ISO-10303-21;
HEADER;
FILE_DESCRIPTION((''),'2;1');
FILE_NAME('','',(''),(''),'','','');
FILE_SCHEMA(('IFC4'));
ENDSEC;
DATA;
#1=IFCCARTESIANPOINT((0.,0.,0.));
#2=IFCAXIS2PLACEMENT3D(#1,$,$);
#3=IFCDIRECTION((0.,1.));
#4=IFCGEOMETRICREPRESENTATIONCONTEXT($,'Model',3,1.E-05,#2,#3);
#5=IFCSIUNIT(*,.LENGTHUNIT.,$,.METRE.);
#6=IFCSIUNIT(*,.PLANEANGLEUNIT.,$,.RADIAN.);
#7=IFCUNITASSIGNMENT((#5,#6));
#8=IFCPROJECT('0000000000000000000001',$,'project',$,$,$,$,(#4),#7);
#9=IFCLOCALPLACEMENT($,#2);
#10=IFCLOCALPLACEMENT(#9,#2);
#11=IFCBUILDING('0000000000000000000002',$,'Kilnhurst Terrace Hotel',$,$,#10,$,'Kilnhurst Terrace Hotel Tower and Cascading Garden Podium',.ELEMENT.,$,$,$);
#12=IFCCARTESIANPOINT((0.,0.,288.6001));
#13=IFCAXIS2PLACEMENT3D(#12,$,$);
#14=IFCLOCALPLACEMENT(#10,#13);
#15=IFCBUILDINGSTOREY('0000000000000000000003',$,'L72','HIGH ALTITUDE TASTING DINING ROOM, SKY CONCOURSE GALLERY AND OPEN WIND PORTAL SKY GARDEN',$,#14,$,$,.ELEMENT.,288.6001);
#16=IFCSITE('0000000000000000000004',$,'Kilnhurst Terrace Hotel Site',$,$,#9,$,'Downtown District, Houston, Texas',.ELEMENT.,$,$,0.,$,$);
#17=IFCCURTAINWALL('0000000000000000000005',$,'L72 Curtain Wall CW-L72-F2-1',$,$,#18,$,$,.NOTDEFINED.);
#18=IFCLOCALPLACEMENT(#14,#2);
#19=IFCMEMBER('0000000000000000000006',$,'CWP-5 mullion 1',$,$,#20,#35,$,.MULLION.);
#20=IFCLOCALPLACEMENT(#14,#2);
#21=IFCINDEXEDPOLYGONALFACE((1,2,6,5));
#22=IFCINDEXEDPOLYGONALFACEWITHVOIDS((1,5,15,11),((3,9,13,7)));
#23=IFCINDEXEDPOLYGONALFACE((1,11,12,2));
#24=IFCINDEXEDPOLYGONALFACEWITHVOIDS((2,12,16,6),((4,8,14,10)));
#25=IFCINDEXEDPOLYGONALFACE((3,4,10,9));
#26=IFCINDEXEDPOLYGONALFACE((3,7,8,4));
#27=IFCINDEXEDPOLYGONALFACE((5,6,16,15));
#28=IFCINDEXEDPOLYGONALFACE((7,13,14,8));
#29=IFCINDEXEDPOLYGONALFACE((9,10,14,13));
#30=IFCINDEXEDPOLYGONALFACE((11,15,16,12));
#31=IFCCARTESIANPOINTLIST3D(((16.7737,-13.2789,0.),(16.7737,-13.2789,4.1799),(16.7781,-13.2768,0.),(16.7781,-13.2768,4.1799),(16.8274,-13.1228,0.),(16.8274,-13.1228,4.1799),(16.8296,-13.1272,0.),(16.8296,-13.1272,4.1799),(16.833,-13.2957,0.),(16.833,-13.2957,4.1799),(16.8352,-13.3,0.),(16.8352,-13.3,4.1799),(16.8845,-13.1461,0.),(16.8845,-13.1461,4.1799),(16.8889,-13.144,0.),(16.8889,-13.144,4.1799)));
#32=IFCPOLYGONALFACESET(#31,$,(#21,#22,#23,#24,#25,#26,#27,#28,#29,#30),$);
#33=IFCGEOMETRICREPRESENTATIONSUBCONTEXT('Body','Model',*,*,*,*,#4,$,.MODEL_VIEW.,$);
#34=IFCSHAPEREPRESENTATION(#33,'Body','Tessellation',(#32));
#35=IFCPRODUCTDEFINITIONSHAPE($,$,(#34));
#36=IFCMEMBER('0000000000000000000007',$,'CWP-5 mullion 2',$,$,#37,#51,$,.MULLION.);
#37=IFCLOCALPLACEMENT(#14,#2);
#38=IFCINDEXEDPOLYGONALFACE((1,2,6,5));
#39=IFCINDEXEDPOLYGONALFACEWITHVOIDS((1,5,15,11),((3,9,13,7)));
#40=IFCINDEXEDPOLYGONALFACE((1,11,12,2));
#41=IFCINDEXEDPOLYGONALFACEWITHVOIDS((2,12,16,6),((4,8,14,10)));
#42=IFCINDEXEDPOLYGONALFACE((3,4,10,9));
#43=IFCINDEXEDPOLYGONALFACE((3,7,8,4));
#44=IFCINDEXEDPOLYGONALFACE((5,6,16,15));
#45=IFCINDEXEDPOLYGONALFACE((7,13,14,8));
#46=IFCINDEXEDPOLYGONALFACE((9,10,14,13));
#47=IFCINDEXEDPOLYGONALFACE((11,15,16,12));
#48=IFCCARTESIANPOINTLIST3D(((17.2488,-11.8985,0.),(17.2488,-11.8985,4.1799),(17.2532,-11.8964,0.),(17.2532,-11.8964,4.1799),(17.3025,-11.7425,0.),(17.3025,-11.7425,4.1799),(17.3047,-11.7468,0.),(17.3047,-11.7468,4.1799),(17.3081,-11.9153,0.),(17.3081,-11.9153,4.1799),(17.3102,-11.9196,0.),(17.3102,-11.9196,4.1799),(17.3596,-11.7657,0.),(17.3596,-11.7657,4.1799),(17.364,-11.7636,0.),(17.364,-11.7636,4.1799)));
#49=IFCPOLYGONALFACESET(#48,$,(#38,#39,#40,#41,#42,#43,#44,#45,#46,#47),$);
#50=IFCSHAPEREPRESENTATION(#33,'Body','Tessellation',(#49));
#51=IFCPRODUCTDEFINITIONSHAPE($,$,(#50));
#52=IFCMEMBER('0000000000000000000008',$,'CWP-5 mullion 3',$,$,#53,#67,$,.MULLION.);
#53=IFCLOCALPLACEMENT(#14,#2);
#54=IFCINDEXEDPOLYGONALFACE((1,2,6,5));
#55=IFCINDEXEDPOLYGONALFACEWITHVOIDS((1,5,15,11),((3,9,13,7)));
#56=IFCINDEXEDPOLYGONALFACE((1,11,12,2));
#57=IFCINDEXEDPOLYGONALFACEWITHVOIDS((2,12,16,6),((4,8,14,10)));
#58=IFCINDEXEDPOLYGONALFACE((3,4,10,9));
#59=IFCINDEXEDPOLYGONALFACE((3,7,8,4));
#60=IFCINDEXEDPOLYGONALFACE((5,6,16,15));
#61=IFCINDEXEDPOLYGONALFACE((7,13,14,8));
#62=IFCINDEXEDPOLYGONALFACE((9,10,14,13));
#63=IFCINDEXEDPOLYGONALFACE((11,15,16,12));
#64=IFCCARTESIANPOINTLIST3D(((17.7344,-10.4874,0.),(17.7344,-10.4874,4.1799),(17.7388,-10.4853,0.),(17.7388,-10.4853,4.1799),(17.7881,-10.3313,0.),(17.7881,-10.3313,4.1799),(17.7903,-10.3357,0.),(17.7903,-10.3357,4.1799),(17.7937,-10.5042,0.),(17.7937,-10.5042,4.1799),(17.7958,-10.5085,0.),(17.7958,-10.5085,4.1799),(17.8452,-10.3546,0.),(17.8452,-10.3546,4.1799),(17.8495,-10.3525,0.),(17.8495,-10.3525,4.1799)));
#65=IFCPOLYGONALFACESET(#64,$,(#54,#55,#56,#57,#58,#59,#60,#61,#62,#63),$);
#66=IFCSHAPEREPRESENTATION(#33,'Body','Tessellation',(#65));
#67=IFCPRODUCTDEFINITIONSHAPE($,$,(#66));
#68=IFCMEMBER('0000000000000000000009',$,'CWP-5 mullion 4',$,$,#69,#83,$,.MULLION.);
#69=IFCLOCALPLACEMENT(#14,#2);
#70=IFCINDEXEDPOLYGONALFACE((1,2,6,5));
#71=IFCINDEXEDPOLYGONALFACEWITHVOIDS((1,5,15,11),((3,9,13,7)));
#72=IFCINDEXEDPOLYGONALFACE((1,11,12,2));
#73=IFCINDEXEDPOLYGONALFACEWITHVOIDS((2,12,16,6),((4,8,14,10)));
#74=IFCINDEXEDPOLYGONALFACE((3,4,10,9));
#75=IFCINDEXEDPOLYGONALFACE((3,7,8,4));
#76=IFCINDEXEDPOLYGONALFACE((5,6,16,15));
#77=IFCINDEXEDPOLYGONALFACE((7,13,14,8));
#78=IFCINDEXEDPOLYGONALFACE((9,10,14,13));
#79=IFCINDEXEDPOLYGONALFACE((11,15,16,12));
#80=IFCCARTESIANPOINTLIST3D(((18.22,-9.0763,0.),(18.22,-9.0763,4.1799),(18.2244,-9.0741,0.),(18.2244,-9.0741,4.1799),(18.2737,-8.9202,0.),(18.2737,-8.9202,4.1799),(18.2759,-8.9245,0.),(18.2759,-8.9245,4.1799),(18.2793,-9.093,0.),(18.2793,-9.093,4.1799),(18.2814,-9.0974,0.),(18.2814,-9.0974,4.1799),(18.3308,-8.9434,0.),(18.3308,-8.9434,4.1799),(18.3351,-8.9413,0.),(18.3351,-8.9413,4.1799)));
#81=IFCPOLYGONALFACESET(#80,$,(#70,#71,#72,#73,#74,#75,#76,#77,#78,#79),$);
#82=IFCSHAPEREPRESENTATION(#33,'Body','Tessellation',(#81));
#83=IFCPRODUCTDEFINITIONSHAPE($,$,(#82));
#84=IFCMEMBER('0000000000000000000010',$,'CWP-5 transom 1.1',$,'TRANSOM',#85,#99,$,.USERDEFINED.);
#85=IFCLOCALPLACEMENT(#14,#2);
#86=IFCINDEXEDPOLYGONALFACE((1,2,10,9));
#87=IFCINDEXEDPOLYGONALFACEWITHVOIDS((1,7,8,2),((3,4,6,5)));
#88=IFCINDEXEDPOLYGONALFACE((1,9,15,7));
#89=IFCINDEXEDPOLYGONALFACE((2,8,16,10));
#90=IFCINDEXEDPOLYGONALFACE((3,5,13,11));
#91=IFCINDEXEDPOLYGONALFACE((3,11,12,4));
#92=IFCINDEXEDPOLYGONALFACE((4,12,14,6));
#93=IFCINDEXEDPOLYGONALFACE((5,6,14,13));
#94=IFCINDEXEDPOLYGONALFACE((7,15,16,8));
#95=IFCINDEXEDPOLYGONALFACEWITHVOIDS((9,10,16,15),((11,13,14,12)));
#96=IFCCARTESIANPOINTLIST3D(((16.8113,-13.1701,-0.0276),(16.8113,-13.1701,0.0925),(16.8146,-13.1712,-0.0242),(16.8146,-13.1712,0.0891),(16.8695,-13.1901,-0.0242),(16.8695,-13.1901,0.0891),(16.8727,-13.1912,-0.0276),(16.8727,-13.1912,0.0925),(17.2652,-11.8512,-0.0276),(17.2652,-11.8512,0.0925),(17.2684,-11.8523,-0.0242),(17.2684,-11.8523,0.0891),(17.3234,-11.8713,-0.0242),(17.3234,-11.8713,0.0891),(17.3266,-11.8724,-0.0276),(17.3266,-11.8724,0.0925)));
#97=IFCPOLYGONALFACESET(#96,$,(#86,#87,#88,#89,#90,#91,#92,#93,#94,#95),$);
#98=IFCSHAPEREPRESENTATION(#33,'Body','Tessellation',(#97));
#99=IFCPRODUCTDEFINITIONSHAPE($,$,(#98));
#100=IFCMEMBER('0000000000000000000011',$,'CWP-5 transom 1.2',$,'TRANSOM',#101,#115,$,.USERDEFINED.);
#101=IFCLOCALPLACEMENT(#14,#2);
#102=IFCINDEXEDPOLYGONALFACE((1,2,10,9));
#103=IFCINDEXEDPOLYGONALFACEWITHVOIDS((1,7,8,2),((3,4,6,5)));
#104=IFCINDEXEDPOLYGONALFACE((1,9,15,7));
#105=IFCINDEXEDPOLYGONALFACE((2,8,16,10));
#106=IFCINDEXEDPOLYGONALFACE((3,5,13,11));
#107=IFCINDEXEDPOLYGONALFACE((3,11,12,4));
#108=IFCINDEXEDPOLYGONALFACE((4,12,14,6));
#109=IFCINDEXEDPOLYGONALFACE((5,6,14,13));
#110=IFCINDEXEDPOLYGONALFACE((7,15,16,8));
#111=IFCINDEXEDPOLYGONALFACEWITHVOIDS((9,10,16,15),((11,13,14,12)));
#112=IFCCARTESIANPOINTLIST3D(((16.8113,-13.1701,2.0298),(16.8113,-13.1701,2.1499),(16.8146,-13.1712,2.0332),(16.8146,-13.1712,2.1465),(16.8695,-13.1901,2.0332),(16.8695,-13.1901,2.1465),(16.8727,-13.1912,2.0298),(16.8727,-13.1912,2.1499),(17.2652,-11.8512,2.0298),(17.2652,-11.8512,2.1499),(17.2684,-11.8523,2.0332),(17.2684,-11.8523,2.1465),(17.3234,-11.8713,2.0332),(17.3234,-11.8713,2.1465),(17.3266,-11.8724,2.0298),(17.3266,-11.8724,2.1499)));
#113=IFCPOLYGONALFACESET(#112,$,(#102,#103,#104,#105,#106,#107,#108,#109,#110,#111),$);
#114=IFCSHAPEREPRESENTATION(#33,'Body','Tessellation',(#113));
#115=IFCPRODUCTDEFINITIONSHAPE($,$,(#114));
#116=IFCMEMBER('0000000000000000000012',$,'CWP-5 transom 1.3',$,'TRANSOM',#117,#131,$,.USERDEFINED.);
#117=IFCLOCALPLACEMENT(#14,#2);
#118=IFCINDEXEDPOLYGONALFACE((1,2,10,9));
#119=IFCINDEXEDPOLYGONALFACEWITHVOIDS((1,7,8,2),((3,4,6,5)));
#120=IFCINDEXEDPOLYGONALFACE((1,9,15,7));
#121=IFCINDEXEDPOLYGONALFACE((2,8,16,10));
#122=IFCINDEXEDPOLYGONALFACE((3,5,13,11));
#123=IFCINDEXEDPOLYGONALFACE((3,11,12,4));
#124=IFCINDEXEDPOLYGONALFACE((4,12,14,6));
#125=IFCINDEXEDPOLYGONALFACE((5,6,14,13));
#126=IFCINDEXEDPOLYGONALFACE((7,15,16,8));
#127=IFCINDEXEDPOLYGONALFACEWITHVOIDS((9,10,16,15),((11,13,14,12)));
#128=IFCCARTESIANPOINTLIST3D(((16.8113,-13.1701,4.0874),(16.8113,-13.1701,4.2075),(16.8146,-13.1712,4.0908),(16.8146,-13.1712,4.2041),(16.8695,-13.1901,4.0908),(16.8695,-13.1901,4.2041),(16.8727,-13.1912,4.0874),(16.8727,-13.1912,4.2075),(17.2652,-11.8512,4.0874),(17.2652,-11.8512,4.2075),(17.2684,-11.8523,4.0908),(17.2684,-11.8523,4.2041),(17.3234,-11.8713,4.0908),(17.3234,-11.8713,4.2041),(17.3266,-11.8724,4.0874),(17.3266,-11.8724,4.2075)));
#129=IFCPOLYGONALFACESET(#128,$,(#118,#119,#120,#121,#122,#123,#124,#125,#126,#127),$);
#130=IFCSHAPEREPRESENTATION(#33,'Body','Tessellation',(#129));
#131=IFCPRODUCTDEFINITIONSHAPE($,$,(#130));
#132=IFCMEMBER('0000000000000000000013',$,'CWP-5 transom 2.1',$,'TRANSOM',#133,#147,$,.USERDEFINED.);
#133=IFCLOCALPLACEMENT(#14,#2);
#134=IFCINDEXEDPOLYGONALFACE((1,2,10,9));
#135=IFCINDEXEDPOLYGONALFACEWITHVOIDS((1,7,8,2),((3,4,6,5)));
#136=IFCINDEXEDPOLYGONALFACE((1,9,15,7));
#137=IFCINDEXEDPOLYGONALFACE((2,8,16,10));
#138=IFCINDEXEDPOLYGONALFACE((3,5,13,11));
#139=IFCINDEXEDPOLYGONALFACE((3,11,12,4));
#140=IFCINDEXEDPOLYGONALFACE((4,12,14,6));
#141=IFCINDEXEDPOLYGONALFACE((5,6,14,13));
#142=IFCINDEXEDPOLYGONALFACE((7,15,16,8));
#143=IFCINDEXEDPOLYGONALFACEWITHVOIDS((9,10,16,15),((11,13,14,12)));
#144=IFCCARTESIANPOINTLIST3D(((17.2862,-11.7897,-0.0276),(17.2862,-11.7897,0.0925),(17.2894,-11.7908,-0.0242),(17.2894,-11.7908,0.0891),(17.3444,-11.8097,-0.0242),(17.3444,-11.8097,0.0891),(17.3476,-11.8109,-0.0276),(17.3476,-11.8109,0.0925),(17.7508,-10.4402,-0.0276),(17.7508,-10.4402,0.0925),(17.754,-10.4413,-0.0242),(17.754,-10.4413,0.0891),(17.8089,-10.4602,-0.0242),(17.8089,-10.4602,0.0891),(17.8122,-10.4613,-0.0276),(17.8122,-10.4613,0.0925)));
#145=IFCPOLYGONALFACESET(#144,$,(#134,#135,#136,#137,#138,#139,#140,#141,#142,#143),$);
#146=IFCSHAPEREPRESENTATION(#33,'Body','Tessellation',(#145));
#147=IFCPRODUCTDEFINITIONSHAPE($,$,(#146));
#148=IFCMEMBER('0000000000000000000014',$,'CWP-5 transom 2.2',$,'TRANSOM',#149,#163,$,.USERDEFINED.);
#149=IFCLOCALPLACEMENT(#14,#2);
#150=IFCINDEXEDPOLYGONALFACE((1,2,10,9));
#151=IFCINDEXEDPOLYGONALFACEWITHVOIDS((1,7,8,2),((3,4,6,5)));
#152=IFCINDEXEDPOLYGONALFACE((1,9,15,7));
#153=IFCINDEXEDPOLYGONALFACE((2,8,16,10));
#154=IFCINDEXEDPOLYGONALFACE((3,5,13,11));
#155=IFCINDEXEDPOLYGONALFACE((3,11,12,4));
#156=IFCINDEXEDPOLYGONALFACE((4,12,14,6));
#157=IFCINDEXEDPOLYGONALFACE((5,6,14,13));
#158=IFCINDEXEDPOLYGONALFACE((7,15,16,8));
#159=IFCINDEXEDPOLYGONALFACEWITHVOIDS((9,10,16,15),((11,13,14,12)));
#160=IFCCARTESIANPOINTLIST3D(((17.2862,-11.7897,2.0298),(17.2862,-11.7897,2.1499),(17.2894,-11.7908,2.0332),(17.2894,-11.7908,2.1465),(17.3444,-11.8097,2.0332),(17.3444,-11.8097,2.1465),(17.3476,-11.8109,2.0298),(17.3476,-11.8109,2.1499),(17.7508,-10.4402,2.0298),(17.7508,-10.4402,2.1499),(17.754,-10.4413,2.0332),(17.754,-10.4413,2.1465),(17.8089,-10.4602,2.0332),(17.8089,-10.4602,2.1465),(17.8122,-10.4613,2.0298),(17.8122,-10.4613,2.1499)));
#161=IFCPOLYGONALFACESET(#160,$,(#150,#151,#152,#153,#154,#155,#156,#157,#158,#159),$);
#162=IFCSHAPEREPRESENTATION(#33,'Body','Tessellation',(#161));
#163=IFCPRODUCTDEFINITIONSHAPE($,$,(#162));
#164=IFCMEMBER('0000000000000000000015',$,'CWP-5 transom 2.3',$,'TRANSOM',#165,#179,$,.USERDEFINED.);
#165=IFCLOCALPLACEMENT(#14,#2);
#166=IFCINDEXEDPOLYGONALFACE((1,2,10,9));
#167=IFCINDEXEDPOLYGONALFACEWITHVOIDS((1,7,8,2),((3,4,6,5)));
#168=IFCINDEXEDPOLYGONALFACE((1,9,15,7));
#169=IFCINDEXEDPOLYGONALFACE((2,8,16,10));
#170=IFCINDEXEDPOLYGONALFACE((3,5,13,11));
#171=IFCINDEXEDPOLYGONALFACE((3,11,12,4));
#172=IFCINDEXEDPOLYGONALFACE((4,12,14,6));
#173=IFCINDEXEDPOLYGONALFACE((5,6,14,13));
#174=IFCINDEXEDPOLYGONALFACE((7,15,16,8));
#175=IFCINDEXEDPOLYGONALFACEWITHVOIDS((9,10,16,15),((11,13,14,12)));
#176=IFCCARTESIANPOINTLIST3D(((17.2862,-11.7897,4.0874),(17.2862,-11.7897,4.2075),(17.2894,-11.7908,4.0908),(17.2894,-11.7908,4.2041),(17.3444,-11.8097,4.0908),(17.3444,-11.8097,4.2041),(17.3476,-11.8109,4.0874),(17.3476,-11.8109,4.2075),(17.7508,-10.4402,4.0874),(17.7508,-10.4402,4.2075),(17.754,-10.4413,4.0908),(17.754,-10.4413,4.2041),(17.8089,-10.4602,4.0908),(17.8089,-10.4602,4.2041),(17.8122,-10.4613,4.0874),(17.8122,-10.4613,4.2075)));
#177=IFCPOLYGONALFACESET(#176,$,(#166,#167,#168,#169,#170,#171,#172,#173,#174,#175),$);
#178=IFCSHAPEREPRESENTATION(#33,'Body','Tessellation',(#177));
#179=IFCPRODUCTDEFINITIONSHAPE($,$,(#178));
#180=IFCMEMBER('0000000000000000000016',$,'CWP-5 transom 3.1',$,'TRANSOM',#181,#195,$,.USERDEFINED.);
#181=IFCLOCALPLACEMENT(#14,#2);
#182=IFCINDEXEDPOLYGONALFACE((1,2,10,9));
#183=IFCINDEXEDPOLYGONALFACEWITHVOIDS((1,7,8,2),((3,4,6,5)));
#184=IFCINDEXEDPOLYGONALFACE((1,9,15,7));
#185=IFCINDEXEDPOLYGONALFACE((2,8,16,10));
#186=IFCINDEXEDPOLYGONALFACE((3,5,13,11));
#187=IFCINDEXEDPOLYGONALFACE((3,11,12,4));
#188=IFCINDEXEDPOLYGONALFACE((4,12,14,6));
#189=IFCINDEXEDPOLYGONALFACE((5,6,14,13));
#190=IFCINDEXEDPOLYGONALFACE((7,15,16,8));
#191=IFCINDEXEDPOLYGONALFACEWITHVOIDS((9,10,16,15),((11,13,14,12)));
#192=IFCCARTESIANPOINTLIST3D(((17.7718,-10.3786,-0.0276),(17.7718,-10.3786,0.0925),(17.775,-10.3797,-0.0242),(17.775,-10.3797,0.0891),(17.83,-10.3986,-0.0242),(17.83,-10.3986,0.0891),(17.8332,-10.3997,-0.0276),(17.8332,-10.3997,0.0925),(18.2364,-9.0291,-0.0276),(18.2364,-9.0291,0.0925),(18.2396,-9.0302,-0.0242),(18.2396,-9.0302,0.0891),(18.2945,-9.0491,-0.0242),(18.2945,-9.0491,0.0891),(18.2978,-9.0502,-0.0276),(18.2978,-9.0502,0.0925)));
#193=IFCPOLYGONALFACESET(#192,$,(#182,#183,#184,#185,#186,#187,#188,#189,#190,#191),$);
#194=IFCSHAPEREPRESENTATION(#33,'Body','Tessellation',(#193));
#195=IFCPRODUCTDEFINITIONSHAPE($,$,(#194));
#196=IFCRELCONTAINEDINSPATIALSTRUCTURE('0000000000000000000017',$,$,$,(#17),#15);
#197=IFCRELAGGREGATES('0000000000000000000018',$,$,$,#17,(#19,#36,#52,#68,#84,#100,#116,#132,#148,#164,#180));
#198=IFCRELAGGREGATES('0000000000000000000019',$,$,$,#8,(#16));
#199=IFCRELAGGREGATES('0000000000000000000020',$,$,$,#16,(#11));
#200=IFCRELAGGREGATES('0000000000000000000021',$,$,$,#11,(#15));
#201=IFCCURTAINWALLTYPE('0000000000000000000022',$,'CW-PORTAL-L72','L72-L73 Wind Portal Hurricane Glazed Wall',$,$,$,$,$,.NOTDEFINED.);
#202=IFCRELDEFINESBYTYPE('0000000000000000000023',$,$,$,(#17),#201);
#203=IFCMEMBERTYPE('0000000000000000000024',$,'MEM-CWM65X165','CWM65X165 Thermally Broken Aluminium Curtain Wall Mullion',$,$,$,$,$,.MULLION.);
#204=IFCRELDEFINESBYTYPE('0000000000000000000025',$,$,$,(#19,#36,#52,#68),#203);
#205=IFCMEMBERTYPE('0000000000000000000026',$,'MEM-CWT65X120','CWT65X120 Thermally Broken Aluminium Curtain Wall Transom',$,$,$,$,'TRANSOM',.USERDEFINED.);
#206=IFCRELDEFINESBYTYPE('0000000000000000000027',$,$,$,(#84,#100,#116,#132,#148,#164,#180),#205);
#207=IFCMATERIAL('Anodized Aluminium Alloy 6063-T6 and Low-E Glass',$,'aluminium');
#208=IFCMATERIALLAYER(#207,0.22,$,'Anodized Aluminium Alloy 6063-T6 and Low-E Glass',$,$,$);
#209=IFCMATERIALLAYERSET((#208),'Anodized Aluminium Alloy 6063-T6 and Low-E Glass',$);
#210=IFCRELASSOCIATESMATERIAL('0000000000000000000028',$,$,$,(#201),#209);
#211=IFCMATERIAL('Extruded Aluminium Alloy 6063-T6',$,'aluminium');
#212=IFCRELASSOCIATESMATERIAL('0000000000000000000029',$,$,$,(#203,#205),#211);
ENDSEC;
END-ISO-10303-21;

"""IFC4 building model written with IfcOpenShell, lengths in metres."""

from ifc_helpers import new_model, si_unit, direction, frame, origin, origin_2d, place, context, subcontext, project, spatial, hollow_rectangle, extrude, material, layer, layer_set, material_profile, profile_set, type_object, element, aggregate, save


model = new_model("IFC4")

# Units and contexts
model_context = context("Model", 3, precision=1e-05, world=origin(), true_north=direction((0.0, 1.0)))
body_context = subcontext(model_context, "Body", "Model", "MODEL_VIEW")
ifc_project = project(units=[si_unit("LENGTHUNIT", "METRE"), si_unit("PLANEANGLEUNIT", "RADIAN")], contexts=[model_context])

# Site, building, storey
site_placement = place(None, origin())
site = spatial("IfcSite", under=ifc_project, at=site_placement, Name="Kilnhurst Terrace Hotel Site", LongName="Downtown District, Houston, Texas", CompositionType="ELEMENT", RefElevation=0.0)
building_placement = place(site_placement, origin())
building = spatial("IfcBuilding", under=site, at=building_placement, Name="Kilnhurst Terrace Hotel", LongName="Kilnhurst Terrace Hotel Tower and Cascading Garden Podium", CompositionType="ELEMENT")
storey_placement = place(building_placement, frame((0.0, 0.0, 288.6001)))
storey = spatial("IfcBuildingStorey", under=building, at=storey_placement, Name="L72", Description="HIGH ALTITUDE TASTING DINING ROOM, SKY CONCOURSE GALLERY AND OPEN WIND PORTAL SKY GARDEN", CompositionType="ELEMENT", Elevation=288.6001)

# Curtain wall, members
ifc_material_1 = material(Name="Anodized Aluminium Alloy 6063-T6 and Low-E Glass", Category="aluminium")
ifc_layer_1 = layer(ifc_material_1, 0.22, Name="Anodized Aluminium Alloy 6063-T6 and Low-E Glass")
ifc_layer_set_1 = layer_set([ifc_layer_1], Name="Anodized Aluminium Alloy 6063-T6 and Low-E Glass")
curtain_wall_type = type_object("IfcCurtainWallType", Name="CW-PORTAL-L72", Description="L72-L73 Wind Portal Hurricane Glazed Wall", PredefinedType="NOTDEFINED", material=ifc_layer_set_1)
curtain_wall_placement = place(storey_placement, origin())
curtain_wall = element("IfcCurtainWall", 1, at=curtain_wall_placement, inside=storey, type_object=curtain_wall_type, Name="L72 Curtain Wall CW-L72-F2-1", PredefinedType="NOTDEFINED")
ifc_material_2 = material(Name="Extruded Aluminium Alloy 6063-T6", Category="aluminium")
ifc_material_profile_1 = material_profile(ifc_material_2, hollow_rectangle(XDim=0.0649, YDim=0.165, WallThickness=0.0034, at=origin_2d()), Name="CWM65X165")
ifc_profile_set_1 = profile_set([ifc_material_profile_1], Name="Extruded Aluminium Alloy 6063-T6")
member_type_1 = type_object("IfcMemberType", Name="MEM-CWM65X165", Description="CWM65X165 Thermally Broken Aluminium Curtain Wall Mullion", PredefinedType="MULLION", material=ifc_profile_set_1)
member_1_placement = place(storey_placement, frame((16.8313, -13.2114, 0.0), z_axis=(0.0, 0.0, 1.0), x_axis=(-0.945578, 0.325397, 0.0)))
member_1 = element("IfcMember", 2, at=member_1_placement, type_object=member_type_1, Name="CWP-5 mullion 1", PredefinedType="MULLION", context=body_context, shape_type="SweptSolid", body=[
    extrude(hollow_rectangle(XDim=0.0649, YDim=0.165, WallThickness=0.0034, at=origin_2d()), origin(), (0.0, 0.0, 1.0), 4.1799),
])
member_2_placement = place(storey_placement, frame((17.3064, -11.8311, 0.0), z_axis=(0.0, 0.0, 1.0), x_axis=(-0.945578, 0.325397, 0.0)))
member_2 = element("IfcMember", 3, at=member_2_placement, type_object=member_type_1, Name="CWP-5 mullion 2", PredefinedType="MULLION", context=body_context, shape_type="SweptSolid", body=[
    extrude(hollow_rectangle(XDim=0.0649, YDim=0.165, WallThickness=0.0034, at=origin_2d()), origin(), (0.0, 0.0, 1.0), 4.1799),
])
member_3_placement = place(storey_placement, frame((17.792, -10.4199, 0.0), z_axis=(0.0, 0.0, 1.0), x_axis=(-0.945578, 0.325397, 0.0)))
member_3 = element("IfcMember", 4, at=member_3_placement, type_object=member_type_1, Name="CWP-5 mullion 3", PredefinedType="MULLION", context=body_context, shape_type="SweptSolid", body=[
    extrude(hollow_rectangle(XDim=0.0649, YDim=0.165, WallThickness=0.0034, at=origin_2d()), origin(), (0.0, 0.0, 1.0), 4.1799),
])
member_4_placement = place(storey_placement, frame((18.2776, -9.0088, 0.0), z_axis=(0.0, 0.0, 1.0), x_axis=(-0.945578, 0.325397, 0.0)))
member_4 = element("IfcMember", 5, at=member_4_placement, type_object=member_type_1, Name="CWP-5 mullion 4", PredefinedType="MULLION", context=body_context, shape_type="SweptSolid", body=[
    extrude(hollow_rectangle(XDim=0.0649, YDim=0.165, WallThickness=0.0034, at=origin_2d()), origin(), (0.0, 0.0, 1.0), 4.1799),
])
ifc_material_profile_2 = material_profile(ifc_material_2, hollow_rectangle(XDim=0.0649, YDim=0.1201, WallThickness=0.0034, at=origin_2d()), Name="CWT65X120")
ifc_profile_set_2 = profile_set([ifc_material_profile_2], Name="Extruded Aluminium Alloy 6063-T6")
member_type_2 = type_object("IfcMemberType", Name="MEM-CWT65X120", Description="CWT65X120 Thermally Broken Aluminium Curtain Wall Transom", ElementType="TRANSOM", PredefinedType="USERDEFINED", material=ifc_profile_set_2)
member_5_placement = place(storey_placement, frame((16.842, -13.1807, 0.0325), z_axis=(0.325403, 0.945576, 0.0), x_axis=(-0.945576, 0.325403, 0.0)))
member_5 = element("IfcMember", 6, at=member_5_placement, type_object=member_type_2, Name="CWP-5 transom 1.1", ObjectType="TRANSOM", PredefinedType="USERDEFINED", context=body_context, shape_type="SweptSolid", body=[
    extrude(hollow_rectangle(XDim=0.0649, YDim=0.1201, WallThickness=0.0034, at=origin_2d()), origin(), (0.0, 0.0, 1.0), 1.3948),
])
member_6_placement = place(storey_placement, frame((16.842, -13.1807, 2.0898), z_axis=(0.325403, 0.945576, 0.0), x_axis=(-0.945576, 0.325403, 0.0)))
member_6 = element("IfcMember", 7, at=member_6_placement, type_object=member_type_2, Name="CWP-5 transom 1.2", ObjectType="TRANSOM", PredefinedType="USERDEFINED", context=body_context, shape_type="SweptSolid", body=[
    extrude(hollow_rectangle(XDim=0.0649, YDim=0.1201, WallThickness=0.0034, at=origin_2d()), origin(), (0.0, 0.0, 1.0), 1.3948),
])
member_7_placement = place(storey_placement, frame((16.842, -13.1807, 4.1475), z_axis=(0.325403, 0.945576, 0.0), x_axis=(-0.945576, 0.325403, 0.0)))
member_7 = element("IfcMember", 8, at=member_7_placement, type_object=member_type_2, Name="CWP-5 transom 1.3", ObjectType="TRANSOM", PredefinedType="USERDEFINED", context=body_context, shape_type="SweptSolid", body=[
    extrude(hollow_rectangle(XDim=0.0649, YDim=0.1201, WallThickness=0.0034, at=origin_2d()), origin(), (0.0, 0.0, 1.0), 1.3948),
])
member_8_placement = place(storey_placement, frame((17.3169, -11.8003, 0.0325), z_axis=(0.3255, 0.945542, 0.0), x_axis=(-0.945542, 0.3255, 0.0)))
member_8 = element("IfcMember", 9, at=member_8_placement, type_object=member_type_2, Name="CWP-5 transom 2.1", ObjectType="TRANSOM", PredefinedType="USERDEFINED", context=body_context, shape_type="SweptSolid", body=[
    extrude(hollow_rectangle(XDim=0.0649, YDim=0.1201, WallThickness=0.0034, at=origin_2d()), origin(), (0.0, 0.0, 1.0), 1.4272),
])
member_9_placement = place(storey_placement, frame((17.3169, -11.8003, 2.0898), z_axis=(0.3255, 0.945542, 0.0), x_axis=(-0.945542, 0.3255, 0.0)))
member_9 = element("IfcMember", 10, at=member_9_placement, type_object=member_type_2, Name="CWP-5 transom 2.2", ObjectType="TRANSOM", PredefinedType="USERDEFINED", context=body_context, shape_type="SweptSolid", body=[
    extrude(hollow_rectangle(XDim=0.0649, YDim=0.1201, WallThickness=0.0034, at=origin_2d()), origin(), (0.0, 0.0, 1.0), 1.4272),
])
member_10_placement = place(storey_placement, frame((17.3169, -11.8003, 4.1475), z_axis=(0.3255, 0.945542, 0.0), x_axis=(-0.945542, 0.3255, 0.0)))
member_10 = element("IfcMember", 11, at=member_10_placement, type_object=member_type_2, Name="CWP-5 transom 2.3", ObjectType="TRANSOM", PredefinedType="USERDEFINED", context=body_context, shape_type="SweptSolid", body=[
    extrude(hollow_rectangle(XDim=0.0649, YDim=0.1201, WallThickness=0.0034, at=origin_2d()), origin(), (0.0, 0.0, 1.0), 1.4272),
])
member_11_placement = place(storey_placement, frame((17.8025, -10.3892, 0.0325), z_axis=(0.3255, 0.945542, 0.0), x_axis=(-0.945542, 0.3255, 0.0)))
member_11 = element("IfcMember", 12, at=member_11_placement, type_object=member_type_2, Name="CWP-5 transom 3.1", ObjectType="TRANSOM", PredefinedType="USERDEFINED", context=body_context, shape_type="SweptSolid", body=[
    extrude(hollow_rectangle(XDim=0.0649, YDim=0.1201, WallThickness=0.0034, at=origin_2d()), origin(), (0.0, 0.0, 1.0), 1.4272),
])
aggregate(curtain_wall, [member_1, member_2, member_3, member_4, member_5, member_6, member_7, member_8, member_9, member_10, member_11])

save(model, "model.ifc")
